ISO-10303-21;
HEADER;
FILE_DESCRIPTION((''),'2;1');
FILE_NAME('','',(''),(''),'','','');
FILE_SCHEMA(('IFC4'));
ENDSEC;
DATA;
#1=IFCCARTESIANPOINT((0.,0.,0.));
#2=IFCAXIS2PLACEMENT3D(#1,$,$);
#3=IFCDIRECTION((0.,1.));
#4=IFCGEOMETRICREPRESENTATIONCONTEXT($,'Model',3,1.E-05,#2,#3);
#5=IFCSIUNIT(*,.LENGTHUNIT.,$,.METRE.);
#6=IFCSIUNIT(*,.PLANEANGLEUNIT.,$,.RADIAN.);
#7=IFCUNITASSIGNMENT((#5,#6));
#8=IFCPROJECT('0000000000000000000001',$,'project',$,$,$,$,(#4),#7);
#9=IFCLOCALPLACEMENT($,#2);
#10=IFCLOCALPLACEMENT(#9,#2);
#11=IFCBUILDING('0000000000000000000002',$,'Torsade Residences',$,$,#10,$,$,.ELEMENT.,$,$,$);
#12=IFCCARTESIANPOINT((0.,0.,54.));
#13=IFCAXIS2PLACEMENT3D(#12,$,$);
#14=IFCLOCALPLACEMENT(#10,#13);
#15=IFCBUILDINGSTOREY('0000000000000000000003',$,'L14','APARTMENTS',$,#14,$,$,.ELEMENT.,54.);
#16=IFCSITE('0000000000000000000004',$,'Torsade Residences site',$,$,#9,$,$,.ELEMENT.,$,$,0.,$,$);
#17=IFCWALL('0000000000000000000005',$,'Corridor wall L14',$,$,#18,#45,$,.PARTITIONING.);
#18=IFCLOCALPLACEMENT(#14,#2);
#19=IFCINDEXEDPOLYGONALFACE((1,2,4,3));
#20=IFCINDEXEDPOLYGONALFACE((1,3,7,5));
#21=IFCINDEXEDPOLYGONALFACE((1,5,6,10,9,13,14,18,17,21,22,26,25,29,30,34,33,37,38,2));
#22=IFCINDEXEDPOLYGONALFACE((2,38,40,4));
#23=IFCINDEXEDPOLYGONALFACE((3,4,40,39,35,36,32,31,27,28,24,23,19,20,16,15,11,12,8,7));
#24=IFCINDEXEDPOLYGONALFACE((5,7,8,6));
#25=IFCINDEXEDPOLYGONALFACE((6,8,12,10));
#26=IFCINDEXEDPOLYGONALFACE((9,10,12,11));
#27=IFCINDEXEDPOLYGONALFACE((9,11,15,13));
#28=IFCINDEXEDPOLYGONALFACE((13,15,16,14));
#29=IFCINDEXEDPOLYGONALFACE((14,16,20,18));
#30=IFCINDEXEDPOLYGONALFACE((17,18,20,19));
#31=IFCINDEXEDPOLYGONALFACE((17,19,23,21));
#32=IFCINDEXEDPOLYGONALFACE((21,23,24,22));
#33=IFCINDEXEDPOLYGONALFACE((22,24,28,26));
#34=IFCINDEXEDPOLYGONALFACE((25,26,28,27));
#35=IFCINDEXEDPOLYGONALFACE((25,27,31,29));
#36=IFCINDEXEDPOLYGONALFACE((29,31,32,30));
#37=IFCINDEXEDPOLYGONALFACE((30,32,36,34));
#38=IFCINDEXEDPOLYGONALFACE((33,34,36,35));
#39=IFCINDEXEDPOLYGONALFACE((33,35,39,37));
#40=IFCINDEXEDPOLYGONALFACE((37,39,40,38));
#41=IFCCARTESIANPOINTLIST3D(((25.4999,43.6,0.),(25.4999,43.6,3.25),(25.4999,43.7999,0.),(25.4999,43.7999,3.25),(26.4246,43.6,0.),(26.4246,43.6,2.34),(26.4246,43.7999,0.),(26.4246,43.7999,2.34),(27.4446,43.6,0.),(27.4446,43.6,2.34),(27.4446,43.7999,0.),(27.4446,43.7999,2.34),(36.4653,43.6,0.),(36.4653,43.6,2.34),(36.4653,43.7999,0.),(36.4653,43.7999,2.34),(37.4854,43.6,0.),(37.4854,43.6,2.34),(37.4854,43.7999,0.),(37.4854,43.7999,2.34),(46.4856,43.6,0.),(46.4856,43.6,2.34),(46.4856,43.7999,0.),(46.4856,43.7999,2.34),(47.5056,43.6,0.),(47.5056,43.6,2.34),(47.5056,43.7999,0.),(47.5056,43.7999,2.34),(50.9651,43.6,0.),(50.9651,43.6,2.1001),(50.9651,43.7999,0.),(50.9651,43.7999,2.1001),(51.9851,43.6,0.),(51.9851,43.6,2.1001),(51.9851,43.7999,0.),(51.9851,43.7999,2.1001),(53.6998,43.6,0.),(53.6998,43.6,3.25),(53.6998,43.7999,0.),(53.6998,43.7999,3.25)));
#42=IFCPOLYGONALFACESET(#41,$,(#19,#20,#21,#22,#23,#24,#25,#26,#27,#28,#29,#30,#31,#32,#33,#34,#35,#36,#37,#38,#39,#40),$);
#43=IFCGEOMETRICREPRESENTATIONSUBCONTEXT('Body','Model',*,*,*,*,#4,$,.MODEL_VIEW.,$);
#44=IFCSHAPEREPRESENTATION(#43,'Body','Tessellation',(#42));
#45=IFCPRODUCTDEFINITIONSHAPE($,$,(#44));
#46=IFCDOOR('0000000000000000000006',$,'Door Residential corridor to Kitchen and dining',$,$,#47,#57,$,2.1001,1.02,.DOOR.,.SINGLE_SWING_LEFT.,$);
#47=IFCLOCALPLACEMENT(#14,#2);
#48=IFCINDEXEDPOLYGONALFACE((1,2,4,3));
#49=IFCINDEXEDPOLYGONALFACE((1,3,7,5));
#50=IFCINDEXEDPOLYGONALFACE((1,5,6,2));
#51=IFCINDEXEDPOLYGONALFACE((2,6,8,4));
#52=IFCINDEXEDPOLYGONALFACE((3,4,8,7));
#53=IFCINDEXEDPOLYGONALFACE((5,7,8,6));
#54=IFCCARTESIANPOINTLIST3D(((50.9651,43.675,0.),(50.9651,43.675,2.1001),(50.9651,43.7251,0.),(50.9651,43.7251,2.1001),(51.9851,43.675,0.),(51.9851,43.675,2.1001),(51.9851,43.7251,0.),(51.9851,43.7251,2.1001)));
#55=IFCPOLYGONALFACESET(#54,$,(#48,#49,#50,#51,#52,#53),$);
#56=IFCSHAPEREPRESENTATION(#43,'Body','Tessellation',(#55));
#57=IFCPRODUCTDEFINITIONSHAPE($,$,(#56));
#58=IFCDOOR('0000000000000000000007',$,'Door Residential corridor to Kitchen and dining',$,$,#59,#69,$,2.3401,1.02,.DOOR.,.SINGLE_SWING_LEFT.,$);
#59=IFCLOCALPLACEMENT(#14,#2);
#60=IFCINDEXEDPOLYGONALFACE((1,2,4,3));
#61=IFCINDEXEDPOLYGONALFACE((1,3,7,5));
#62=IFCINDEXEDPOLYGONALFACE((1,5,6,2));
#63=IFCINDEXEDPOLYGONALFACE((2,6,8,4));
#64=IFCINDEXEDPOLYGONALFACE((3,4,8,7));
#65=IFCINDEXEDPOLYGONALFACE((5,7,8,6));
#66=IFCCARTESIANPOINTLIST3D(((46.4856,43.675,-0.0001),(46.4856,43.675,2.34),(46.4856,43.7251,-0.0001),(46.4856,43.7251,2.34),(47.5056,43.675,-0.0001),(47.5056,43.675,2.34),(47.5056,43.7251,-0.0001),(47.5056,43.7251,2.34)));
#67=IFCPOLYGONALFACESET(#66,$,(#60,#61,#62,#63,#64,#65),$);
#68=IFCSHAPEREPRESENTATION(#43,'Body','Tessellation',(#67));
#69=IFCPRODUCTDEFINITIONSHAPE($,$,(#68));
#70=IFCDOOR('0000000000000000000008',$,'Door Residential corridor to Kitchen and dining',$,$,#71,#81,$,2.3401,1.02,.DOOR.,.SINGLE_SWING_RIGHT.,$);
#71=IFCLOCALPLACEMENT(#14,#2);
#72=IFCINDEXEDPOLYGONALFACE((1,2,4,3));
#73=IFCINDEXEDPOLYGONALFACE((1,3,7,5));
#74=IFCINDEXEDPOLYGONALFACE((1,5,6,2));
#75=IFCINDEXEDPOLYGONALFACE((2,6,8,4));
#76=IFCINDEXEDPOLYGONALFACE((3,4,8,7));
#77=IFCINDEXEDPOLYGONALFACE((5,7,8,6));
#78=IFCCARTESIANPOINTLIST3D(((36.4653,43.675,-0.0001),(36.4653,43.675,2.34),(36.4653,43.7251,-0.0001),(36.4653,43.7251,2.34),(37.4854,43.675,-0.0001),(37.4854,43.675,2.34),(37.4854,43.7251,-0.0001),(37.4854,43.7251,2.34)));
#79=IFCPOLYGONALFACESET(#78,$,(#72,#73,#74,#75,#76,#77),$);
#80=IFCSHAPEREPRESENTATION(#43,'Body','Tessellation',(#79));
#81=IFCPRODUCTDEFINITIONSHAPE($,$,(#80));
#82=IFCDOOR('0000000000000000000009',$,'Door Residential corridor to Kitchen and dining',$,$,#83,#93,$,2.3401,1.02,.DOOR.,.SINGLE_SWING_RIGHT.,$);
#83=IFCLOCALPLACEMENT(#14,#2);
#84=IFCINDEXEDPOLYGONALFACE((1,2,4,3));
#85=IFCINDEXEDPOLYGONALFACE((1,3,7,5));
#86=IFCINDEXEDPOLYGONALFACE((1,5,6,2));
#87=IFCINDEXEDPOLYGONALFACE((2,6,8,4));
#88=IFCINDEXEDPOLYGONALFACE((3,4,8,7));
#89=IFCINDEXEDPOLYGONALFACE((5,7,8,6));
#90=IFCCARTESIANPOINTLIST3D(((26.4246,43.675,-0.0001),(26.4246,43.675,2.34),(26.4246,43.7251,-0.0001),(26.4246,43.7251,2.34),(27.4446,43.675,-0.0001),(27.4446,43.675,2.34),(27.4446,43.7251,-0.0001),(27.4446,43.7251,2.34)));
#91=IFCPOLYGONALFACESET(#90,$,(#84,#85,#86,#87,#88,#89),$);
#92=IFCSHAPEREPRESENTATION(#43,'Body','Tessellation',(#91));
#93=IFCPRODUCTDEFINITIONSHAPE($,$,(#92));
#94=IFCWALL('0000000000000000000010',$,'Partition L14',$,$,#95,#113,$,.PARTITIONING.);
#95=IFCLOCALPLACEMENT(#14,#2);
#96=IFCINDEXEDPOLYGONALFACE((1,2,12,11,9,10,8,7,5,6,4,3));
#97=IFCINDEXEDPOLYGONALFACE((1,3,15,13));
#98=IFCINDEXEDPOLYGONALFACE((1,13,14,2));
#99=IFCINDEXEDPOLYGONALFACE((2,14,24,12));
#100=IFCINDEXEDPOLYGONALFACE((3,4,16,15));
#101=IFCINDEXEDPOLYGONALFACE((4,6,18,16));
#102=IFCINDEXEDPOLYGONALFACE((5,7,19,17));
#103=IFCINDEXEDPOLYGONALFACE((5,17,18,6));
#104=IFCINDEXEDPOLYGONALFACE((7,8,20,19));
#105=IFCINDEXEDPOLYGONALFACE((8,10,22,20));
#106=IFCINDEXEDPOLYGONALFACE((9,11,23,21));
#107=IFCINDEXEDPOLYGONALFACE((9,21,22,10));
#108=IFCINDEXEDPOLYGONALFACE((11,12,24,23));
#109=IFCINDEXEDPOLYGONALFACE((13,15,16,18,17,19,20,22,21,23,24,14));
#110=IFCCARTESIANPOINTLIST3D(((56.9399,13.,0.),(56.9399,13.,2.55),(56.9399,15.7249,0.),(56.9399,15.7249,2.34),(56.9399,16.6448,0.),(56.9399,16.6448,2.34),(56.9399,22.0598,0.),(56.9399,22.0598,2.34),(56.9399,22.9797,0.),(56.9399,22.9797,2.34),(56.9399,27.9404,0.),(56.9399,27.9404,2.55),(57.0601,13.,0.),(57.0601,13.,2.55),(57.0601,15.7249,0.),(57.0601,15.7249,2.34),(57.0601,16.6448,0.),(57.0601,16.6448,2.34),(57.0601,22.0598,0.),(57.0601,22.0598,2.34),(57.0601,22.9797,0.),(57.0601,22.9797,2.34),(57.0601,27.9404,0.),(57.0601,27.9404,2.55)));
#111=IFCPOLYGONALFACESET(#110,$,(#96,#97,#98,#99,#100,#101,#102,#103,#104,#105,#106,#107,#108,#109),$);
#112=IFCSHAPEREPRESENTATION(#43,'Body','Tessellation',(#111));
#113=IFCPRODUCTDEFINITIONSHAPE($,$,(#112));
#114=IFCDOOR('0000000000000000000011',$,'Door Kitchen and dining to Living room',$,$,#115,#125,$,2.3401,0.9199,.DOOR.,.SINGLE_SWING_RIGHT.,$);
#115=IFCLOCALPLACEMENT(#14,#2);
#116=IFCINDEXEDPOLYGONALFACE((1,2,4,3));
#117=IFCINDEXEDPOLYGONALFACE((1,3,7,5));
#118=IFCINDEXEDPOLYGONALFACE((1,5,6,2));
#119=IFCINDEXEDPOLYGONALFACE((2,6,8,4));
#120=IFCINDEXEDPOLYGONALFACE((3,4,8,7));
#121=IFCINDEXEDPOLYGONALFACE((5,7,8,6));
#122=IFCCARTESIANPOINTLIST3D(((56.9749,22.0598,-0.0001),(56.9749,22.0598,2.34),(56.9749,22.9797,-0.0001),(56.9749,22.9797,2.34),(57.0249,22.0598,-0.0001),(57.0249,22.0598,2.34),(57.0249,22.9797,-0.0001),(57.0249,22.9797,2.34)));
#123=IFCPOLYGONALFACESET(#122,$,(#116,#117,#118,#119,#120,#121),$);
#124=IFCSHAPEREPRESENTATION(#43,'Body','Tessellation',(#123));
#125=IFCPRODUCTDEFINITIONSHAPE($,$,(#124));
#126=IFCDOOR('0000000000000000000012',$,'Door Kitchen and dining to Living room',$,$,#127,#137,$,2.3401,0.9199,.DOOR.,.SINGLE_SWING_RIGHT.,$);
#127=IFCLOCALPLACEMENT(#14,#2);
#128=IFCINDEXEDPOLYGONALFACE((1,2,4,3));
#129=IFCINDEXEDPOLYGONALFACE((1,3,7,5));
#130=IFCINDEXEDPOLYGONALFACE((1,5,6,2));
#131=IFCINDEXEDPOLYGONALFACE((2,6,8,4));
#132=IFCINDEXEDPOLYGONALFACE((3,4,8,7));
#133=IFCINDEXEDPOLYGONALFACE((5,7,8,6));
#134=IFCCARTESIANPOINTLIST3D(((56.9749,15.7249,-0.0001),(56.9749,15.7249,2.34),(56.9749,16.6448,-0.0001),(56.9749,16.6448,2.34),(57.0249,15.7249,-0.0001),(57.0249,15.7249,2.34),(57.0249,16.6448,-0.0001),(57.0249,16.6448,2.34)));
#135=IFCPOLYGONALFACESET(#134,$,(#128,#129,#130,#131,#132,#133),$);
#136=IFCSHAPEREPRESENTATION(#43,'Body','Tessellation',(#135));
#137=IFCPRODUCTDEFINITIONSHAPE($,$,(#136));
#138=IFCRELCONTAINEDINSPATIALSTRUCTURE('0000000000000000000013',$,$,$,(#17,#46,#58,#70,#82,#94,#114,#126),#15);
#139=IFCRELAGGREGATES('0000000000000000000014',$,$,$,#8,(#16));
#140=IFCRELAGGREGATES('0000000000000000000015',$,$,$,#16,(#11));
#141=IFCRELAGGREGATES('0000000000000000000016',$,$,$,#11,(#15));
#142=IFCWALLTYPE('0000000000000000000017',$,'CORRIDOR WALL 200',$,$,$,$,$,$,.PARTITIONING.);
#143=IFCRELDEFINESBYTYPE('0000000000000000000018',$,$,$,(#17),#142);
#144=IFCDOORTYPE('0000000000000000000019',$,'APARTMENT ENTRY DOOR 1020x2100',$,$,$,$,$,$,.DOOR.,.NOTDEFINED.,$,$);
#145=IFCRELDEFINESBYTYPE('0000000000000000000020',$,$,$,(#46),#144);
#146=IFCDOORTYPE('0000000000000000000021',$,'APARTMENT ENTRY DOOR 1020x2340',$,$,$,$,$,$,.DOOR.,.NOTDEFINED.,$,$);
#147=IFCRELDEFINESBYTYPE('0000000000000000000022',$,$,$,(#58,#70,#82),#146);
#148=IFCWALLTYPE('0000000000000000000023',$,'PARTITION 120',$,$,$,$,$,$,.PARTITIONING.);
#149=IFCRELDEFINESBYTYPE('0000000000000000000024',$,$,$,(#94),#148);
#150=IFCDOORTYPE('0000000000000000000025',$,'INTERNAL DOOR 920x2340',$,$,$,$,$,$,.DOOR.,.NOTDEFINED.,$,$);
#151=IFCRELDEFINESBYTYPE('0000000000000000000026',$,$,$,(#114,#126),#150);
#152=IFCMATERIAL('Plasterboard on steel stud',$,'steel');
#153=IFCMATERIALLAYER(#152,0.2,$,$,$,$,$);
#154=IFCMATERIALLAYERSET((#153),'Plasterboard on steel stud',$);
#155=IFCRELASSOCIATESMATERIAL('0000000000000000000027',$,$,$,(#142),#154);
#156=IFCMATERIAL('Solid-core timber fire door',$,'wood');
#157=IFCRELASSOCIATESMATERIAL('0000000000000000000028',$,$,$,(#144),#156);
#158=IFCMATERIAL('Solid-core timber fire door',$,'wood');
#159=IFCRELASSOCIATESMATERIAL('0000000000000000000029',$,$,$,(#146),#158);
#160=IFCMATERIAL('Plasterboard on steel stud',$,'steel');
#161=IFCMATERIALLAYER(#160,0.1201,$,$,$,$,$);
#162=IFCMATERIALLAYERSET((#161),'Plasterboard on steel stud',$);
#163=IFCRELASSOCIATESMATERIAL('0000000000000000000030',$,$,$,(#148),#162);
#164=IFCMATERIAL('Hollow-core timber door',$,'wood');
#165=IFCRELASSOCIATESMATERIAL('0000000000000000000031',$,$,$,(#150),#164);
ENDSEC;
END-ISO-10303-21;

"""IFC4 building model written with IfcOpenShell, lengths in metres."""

from ifc_helpers import new_model, si_unit, direction, frame, frame_2d, origin, place, context, subcontext, project, spatial, rectangle, extrude, material, layer, layer_set, type_object, element, fill, save


model = new_model("IFC4")

# Units and contexts
model_context = context("Model", 3, precision=1e-05, world=origin(), true_north=direction((0.0, 1.0)))
body_context = subcontext(model_context, "Body", "Model", "MODEL_VIEW")
ifc_project = project(units=[si_unit("LENGTHUNIT", "METRE"), si_unit("PLANEANGLEUNIT", "RADIAN")], contexts=[model_context])

# Site, building, storey
site_placement = place(None, origin())
site = spatial("IfcSite", under=ifc_project, at=site_placement, Name="Torsade Residences site", CompositionType="ELEMENT", RefElevation=0.0)
building_placement = place(site_placement, origin())
building = spatial("IfcBuilding", under=site, at=building_placement, Name="Torsade Residences", CompositionType="ELEMENT")
storey_placement = place(building_placement, frame((0.0, 0.0, 54.0)))
storey = spatial("IfcBuildingStorey", under=building, at=storey_placement, Name="L14", Description="APARTMENTS", CompositionType="ELEMENT", Elevation=54.0)

# Walls, openings, doors
ifc_material_1 = material(Name="Plasterboard on steel stud", Category="steel")
ifc_layer_1 = layer(ifc_material_1, 0.2)
ifc_layer_set_1 = layer_set([ifc_layer_1], Name="Plasterboard on steel stud")
wall_type_1 = type_object("IfcWallType", Name="CORRIDOR WALL 200", PredefinedType="PARTITIONING", material=ifc_layer_set_1)
wall_1_placement = place(storey_placement, frame((53.7, 43.7, 0.0), z_axis=(0.0, 0.0, 1.0), x_axis=(-1.0, 0.0, 0.0)))
wall_1 = element("IfcWall", 1, at=wall_1_placement, inside=storey, type_object=wall_type_1, Name="Corridor wall L14", PredefinedType="PARTITIONING", context=body_context, shape_type="SweptSolid", body=[
    extrude(rectangle(XDim=28.2, YDim=0.2, at=frame_2d((14.1001, 0.0))), origin(), (0.0, 0.0, 1.0), 3.25),
])
opening_1_placement = place(wall_1_placement, frame((6.1943, 0.0, 0.0)))
opening_1 = element("IfcOpeningElement", 2, at=opening_1_placement, cuts=wall_1, PredefinedType="OPENING", context=body_context, shape_type="SweptSolid", body=[
    extrude(rectangle(XDim=1.02, YDim=2.3401, at=frame_2d((0.51, 1.1699))), frame((0.0, 0.1099, 0.0), z_axis=(0.0, -1.0, 0.0), x_axis=(1.0, 0.0, 0.0)), (0.0, 0.0, 1.0), 0.22),
])
opening_2_placement = place(wall_1_placement, frame((1.7148, 0.0, 0.0)))
opening_2 = element("IfcOpeningElement", 3, at=opening_2_placement, cuts=wall_1, PredefinedType="OPENING", context=body_context, shape_type="SweptSolid", body=[
    extrude(rectangle(XDim=1.02, YDim=2.1001, at=frame_2d((0.51, 1.05))), frame((0.0, 0.1099, 0.0), z_axis=(0.0, -1.0, 0.0), x_axis=(1.0, 0.0, 0.0)), (0.0, 0.0, 1.0), 0.22),
])
opening_3_placement = place(wall_1_placement, frame((16.2146, 0.0, 0.0)))
opening_3 = element("IfcOpeningElement", 4, at=opening_3_placement, cuts=wall_1, PredefinedType="OPENING", context=body_context, shape_type="SweptSolid", body=[
    extrude(rectangle(XDim=1.02, YDim=2.3401, at=frame_2d((0.51, 1.1699))), frame((0.0, 0.1099, 0.0), z_axis=(0.0, -1.0, 0.0), x_axis=(1.0, 0.0, 0.0)), (0.0, 0.0, 1.0), 0.22),
])
opening_4_placement = place(wall_1_placement, frame((26.2554, 0.0, 0.0)))
opening_4 = element("IfcOpeningElement", 5, at=opening_4_placement, cuts=wall_1, PredefinedType="OPENING", context=body_context, shape_type="SweptSolid", body=[
    extrude(rectangle(XDim=1.02, YDim=2.3401, at=frame_2d((0.51, 1.1699))), frame((0.0, 0.1099, 0.0), z_axis=(0.0, -1.0, 0.0), x_axis=(1.0, 0.0, 0.0)), (0.0, 0.0, 1.0), 0.22),
])
ifc_material_2 = material(Name="Solid-core timber fire door", Category="wood")
door_type_1 = type_object("IfcDoorType", Name="APARTMENT ENTRY DOOR 1020x2100", OperationType="NOTDEFINED", PredefinedType="DOOR", material=ifc_material_2)
door_1_placement = place(opening_2_placement, origin())
door_1 = element("IfcDoor", 6, at=door_1_placement, inside=storey, type_object=door_type_1, Name="Door Residential corridor to Kitchen and dining", OperationType="SINGLE_SWING_LEFT", OverallHeight=2.1001, OverallWidth=1.02, PredefinedType="DOOR", context=body_context, shape_type="SweptSolid", body=[
    extrude(rectangle(XDim=1.02, YDim=2.1001, at=frame_2d((0.51, 1.05))), frame((0.0, 0.0249, 0.0), z_axis=(0.0, -1.0, 0.0), x_axis=(1.0, 0.0, 0.0)), (0.0, 0.0, 1.0), 0.05),
])
fill(opening_2, door_1)
ifc_material_3 = material(Name="Solid-core timber fire door", Category="wood")
door_type_2 = type_object("IfcDoorType", Name="APARTMENT ENTRY DOOR 1020x2340", OperationType="NOTDEFINED", PredefinedType="DOOR", material=ifc_material_3)
door_2_placement = place(opening_1_placement, origin())
door_2 = element("IfcDoor", 7, at=door_2_placement, inside=storey, type_object=door_type_2, Name="Door Residential corridor to Kitchen and dining", OperationType="SINGLE_SWING_LEFT", OverallHeight=2.3401, OverallWidth=1.02, PredefinedType="DOOR", context=body_context, shape_type="SweptSolid", body=[
    extrude(rectangle(XDim=1.02, YDim=2.3401, at=frame_2d((0.51, 1.1699))), frame((0.0, 0.0249, 0.0), z_axis=(0.0, -1.0, 0.0), x_axis=(1.0, 0.0, 0.0)), (0.0, 0.0, 1.0), 0.05),
])
fill(opening_1, door_2)
door_3_placement = place(opening_3_placement, origin())
door_3 = element("IfcDoor", 8, at=door_3_placement, inside=storey, type_object=door_type_2, Name="Door Residential corridor to Kitchen and dining", OperationType="SINGLE_SWING_RIGHT", OverallHeight=2.3401, OverallWidth=1.02, PredefinedType="DOOR", context=body_context, shape_type="SweptSolid", body=[
    extrude(rectangle(XDim=1.02, YDim=2.3401, at=frame_2d((0.51, 1.1699))), frame((0.0, 0.0249, 0.0), z_axis=(0.0, -1.0, 0.0), x_axis=(1.0, 0.0, 0.0)), (0.0, 0.0, 1.0), 0.05),
])
fill(opening_3, door_3)
door_4_placement = place(opening_4_placement, origin())
door_4 = element("IfcDoor", 9, at=door_4_placement, inside=storey, type_object=door_type_2, Name="Door Residential corridor to Kitchen and dining", OperationType="SINGLE_SWING_RIGHT", OverallHeight=2.3401, OverallWidth=1.02, PredefinedType="DOOR", context=body_context, shape_type="SweptSolid", body=[
    extrude(rectangle(XDim=1.02, YDim=2.3401, at=frame_2d((0.51, 1.1699))), frame((0.0, 0.0249, 0.0), z_axis=(0.0, -1.0, 0.0), x_axis=(1.0, 0.0, 0.0)), (0.0, 0.0, 1.0), 0.05),
])
fill(opening_4, door_4)
ifc_material_4 = material(Name="Plasterboard on steel stud", Category="steel")
ifc_layer_2 = layer(ifc_material_4, 0.1201)
ifc_layer_set_2 = layer_set([ifc_layer_2], Name="Plasterboard on steel stud")
wall_type_2 = type_object("IfcWallType", Name="PARTITION 120", PredefinedType="PARTITIONING", material=ifc_layer_set_2)
wall_2_placement = place(storey_placement, frame((57.0, 27.9404, 0.0), z_axis=(0.0, 0.0, 1.0), x_axis=(0.0, -1.0, 0.0)))
wall_2 = element("IfcWall", 10, at=wall_2_placement, inside=storey, type_object=wall_type_2, Name="Partition L14", PredefinedType="PARTITIONING", context=body_context, shape_type="SweptSolid", body=[
    extrude(rectangle(XDim=14.9404, YDim=0.1201, at=frame_2d((7.4702, 0.0))), origin(), (0.0, 0.0, 1.0), 2.55),
])
opening_5_placement = place(wall_2_placement, frame((4.9607, 0.0, 0.0)))
opening_5 = element("IfcOpeningElement", 11, at=opening_5_placement, cuts=wall_2, PredefinedType="OPENING", context=body_context, shape_type="SweptSolid", body=[
    extrude(rectangle(XDim=0.9199, YDim=2.3401, at=frame_2d((0.46, 1.1699))), frame((0.0, 0.0701, 0.0), z_axis=(0.0, -1.0, 0.0), x_axis=(1.0, 0.0, 0.0)), (0.0, 0.0, 1.0), 0.1401),
])
opening_6_placement = place(wall_2_placement, frame((11.2957, 0.0, 0.0)))
opening_6 = element("IfcOpeningElement", 12, at=opening_6_placement, cuts=wall_2, PredefinedType="OPENING", context=body_context, shape_type="SweptSolid", body=[
    extrude(rectangle(XDim=0.9199, YDim=2.3401, at=frame_2d((0.46, 1.1699))), frame((0.0, 0.0701, 0.0), z_axis=(0.0, -1.0, 0.0), x_axis=(1.0, 0.0, 0.0)), (0.0, 0.0, 1.0), 0.1401),
])
ifc_material_5 = material(Name="Hollow-core timber door", Category="wood")
door_type_3 = type_object("IfcDoorType", Name="INTERNAL DOOR 920x2340", OperationType="NOTDEFINED", PredefinedType="DOOR", material=ifc_material_5)
door_5_placement = place(opening_5_placement, origin())
door_5 = element("IfcDoor", 13, at=door_5_placement, inside=storey, type_object=door_type_3, Name="Door Kitchen and dining to Living room", OperationType="SINGLE_SWING_RIGHT", OverallHeight=2.3401, OverallWidth=0.9199, PredefinedType="DOOR", context=body_context, shape_type="SweptSolid", body=[
    extrude(rectangle(XDim=0.9199, YDim=2.3401, at=frame_2d((0.46, 1.1699))), frame((0.0, 0.0249, 0.0), z_axis=(0.0, -1.0, 0.0), x_axis=(1.0, 0.0, 0.0)), (0.0, 0.0, 1.0), 0.05),
])
fill(opening_5, door_5)
door_6_placement = place(opening_6_placement, origin())
door_6 = element("IfcDoor", 14, at=door_6_placement, inside=storey, type_object=door_type_3, Name="Door Kitchen and dining to Living room", OperationType="SINGLE_SWING_RIGHT", OverallHeight=2.3401, OverallWidth=0.9199, PredefinedType="DOOR", context=body_context, shape_type="SweptSolid", body=[
    extrude(rectangle(XDim=0.9199, YDim=2.3401, at=frame_2d((0.46, 1.1699))), frame((0.0, 0.0249, 0.0), z_axis=(0.0, -1.0, 0.0), x_axis=(1.0, 0.0, 0.0)), (0.0, 0.0, 1.0), 0.05),
])
fill(opening_6, door_6)

save(model, "model.ifc")
